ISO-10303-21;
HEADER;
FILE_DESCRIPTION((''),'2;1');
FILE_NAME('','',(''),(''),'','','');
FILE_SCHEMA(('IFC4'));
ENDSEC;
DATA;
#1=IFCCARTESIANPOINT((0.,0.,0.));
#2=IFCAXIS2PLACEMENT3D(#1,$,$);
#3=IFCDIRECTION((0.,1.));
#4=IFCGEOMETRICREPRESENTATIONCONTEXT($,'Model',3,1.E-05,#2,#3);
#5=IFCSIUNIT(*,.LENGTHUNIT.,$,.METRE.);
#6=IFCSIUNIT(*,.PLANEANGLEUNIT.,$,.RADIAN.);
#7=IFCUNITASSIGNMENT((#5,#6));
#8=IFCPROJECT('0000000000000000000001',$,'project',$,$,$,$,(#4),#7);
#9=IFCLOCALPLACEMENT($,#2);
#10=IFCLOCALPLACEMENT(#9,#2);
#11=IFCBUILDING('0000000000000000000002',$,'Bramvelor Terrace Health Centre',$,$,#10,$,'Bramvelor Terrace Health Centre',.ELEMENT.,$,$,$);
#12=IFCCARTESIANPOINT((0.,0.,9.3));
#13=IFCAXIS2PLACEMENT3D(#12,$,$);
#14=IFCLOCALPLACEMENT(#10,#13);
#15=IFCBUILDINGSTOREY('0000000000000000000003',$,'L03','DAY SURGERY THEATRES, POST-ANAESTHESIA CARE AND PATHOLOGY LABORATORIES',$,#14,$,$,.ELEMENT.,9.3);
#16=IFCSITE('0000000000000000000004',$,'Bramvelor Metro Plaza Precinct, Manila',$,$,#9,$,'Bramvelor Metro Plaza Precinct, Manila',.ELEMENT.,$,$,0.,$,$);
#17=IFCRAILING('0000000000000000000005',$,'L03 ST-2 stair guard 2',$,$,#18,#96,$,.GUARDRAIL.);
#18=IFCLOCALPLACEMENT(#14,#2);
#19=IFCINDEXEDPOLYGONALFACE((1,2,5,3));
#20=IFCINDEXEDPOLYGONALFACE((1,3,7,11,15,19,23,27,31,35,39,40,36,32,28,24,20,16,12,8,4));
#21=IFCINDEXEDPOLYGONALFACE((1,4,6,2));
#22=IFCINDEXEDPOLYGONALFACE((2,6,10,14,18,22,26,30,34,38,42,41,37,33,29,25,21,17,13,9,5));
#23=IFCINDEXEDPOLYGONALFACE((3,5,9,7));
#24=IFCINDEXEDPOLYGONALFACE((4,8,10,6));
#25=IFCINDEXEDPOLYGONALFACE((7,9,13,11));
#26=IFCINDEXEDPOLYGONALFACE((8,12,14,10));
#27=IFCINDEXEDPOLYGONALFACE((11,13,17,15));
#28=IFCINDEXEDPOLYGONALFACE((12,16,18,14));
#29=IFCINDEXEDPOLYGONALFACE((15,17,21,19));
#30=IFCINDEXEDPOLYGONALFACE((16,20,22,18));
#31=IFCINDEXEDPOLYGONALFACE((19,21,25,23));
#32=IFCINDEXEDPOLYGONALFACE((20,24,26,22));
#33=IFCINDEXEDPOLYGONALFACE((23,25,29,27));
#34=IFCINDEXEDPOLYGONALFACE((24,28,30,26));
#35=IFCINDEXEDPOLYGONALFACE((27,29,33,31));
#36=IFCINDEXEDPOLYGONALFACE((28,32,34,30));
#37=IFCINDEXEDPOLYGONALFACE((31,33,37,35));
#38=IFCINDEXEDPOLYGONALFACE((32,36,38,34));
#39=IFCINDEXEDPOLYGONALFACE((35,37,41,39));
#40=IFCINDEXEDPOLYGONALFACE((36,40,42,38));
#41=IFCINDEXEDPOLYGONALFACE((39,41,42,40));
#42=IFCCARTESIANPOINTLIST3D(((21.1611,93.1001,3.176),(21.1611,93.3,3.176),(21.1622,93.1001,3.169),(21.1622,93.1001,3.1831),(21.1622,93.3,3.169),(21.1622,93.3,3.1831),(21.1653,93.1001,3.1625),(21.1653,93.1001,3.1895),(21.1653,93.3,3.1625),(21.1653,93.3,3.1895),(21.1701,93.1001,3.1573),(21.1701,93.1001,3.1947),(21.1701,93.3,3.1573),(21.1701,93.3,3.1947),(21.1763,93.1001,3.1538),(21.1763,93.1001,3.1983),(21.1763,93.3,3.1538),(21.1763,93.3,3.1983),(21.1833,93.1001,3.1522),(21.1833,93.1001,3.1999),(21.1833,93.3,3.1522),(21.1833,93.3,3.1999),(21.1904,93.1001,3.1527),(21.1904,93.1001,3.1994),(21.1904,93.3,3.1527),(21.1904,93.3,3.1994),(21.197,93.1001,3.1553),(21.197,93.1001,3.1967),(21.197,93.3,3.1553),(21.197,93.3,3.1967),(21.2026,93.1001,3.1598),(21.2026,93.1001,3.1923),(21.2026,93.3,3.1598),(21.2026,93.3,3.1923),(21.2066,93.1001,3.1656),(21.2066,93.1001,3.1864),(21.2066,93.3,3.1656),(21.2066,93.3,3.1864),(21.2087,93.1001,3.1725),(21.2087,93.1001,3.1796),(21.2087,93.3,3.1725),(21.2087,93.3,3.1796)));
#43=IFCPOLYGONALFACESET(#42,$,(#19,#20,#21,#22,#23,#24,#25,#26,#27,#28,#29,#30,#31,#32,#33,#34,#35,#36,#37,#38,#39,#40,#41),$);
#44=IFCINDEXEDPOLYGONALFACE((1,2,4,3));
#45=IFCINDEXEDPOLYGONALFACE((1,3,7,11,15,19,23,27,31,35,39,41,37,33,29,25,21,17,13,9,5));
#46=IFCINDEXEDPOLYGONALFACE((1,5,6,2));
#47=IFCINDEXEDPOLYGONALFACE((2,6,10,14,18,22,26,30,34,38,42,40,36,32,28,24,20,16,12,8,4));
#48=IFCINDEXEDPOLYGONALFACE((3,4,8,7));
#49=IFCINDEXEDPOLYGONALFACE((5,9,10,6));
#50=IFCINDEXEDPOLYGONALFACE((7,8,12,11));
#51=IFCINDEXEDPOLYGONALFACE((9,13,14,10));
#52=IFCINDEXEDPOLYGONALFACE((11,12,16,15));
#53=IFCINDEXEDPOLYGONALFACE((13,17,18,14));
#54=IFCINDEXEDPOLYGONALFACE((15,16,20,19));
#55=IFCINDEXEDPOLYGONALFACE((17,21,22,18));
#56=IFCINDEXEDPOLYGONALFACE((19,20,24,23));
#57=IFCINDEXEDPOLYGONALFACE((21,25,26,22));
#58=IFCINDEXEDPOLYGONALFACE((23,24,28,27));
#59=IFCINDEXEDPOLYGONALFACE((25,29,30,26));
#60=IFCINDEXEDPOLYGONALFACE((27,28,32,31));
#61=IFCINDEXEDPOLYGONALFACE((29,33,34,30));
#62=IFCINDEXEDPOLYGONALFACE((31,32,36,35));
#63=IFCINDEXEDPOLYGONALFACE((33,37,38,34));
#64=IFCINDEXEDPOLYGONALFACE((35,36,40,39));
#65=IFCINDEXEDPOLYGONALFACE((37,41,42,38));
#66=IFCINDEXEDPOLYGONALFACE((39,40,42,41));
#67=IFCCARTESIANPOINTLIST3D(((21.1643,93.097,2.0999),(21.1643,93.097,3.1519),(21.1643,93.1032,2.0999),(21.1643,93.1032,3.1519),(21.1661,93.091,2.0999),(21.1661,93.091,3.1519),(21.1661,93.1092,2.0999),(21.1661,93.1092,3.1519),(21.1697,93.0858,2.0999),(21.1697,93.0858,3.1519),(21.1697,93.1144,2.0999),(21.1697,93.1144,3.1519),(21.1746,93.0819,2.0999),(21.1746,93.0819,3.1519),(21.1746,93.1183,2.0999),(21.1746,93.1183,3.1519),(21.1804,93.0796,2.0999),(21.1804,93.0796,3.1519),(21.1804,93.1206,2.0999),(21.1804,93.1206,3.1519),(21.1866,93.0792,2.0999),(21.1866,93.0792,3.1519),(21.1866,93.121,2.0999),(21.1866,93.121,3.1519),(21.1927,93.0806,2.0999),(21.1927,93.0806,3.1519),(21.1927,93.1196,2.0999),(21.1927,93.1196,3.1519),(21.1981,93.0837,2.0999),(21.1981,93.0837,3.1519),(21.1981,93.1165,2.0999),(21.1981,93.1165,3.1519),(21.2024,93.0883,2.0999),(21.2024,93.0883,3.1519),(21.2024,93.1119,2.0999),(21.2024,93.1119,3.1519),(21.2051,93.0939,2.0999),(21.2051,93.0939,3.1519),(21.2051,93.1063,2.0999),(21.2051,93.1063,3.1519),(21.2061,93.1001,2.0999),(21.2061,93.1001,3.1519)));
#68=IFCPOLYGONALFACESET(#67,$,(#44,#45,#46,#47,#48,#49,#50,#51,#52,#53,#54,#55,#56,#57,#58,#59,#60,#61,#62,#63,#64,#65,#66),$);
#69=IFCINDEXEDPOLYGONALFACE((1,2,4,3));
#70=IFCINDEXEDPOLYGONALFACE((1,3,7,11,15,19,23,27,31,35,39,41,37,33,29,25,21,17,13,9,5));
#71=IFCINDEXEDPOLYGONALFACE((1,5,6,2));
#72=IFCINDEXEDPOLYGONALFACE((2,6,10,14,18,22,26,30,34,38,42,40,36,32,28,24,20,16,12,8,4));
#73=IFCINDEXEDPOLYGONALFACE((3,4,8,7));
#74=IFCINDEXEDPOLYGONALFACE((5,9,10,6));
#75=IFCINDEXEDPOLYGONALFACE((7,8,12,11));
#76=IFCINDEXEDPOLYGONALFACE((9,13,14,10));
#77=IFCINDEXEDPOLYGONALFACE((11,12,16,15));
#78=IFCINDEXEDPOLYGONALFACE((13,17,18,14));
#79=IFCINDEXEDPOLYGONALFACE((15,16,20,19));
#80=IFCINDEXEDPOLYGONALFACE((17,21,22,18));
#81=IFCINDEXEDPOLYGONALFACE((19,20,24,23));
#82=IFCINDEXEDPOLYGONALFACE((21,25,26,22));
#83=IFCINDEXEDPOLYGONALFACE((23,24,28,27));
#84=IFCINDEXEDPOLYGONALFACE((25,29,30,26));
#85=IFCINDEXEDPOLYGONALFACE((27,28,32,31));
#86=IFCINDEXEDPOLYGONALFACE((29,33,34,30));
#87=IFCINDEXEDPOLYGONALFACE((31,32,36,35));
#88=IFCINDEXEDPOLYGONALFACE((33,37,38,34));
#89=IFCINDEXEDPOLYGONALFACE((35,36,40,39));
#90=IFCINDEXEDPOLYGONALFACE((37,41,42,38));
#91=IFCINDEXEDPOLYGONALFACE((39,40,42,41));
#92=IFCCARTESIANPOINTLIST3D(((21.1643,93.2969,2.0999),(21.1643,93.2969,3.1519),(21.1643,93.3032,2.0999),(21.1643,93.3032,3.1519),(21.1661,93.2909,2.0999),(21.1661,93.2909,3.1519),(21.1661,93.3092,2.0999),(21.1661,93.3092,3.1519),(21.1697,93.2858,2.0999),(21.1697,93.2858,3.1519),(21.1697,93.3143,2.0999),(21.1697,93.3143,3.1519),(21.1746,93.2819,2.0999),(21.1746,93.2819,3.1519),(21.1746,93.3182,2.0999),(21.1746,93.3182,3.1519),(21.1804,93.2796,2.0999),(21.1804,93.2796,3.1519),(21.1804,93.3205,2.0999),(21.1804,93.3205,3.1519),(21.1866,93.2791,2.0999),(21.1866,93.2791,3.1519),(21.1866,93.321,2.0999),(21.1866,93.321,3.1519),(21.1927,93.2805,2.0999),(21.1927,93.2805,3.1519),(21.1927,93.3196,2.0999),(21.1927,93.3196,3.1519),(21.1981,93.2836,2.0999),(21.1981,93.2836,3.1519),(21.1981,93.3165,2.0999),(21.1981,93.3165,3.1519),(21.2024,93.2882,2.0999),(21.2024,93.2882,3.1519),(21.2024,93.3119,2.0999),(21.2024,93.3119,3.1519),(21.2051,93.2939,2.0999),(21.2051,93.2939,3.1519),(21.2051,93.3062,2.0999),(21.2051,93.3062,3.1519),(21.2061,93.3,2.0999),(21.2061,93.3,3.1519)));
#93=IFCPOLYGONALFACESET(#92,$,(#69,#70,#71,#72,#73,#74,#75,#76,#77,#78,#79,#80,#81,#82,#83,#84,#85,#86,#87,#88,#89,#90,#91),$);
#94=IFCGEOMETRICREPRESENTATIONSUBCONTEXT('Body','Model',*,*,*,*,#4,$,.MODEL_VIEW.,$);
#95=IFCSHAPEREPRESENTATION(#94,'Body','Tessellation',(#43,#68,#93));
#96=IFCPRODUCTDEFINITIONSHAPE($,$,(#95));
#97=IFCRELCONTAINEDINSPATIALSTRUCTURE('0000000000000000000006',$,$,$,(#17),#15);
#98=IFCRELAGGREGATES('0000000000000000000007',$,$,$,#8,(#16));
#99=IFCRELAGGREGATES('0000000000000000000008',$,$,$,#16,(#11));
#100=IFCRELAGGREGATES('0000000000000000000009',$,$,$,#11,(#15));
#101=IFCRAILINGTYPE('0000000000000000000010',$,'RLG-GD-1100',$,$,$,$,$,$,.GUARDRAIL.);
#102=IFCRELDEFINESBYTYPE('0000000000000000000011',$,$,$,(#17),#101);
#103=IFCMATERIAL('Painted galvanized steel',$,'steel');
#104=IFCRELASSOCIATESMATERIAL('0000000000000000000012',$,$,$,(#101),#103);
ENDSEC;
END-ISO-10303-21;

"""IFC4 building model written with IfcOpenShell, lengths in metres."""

from ifc_helpers import new_model, si_unit, direction, frame, origin, origin_2d, place, context, subcontext, project, spatial, circle, extrude, material, type_object, element, save


model = new_model("IFC4")

# Units and contexts
model_context = context("Model", 3, precision=1e-05, world=origin(), true_north=direction((0.0, 1.0)))
body_context = subcontext(model_context, "Body", "Model", "MODEL_VIEW")
ifc_project = project(units=[si_unit("LENGTHUNIT", "METRE"), si_unit("PLANEANGLEUNIT", "RADIAN")], contexts=[model_context])

# Site, building, storey
site_placement = place(None, origin())
site = spatial("IfcSite", under=ifc_project, at=site_placement, Name="Bramvelor Metro Plaza Precinct, Manila", LongName="Bramvelor Metro Plaza Precinct, Manila", CompositionType="ELEMENT", RefElevation=0.0)
building_placement = place(site_placement, origin())
building = spatial("IfcBuilding", under=site, at=building_placement, Name="Bramvelor Terrace Health Centre", LongName="Bramvelor Terrace Health Centre", CompositionType="ELEMENT")
storey_placement = place(building_placement, frame((0.0, 0.0, 9.3)))
storey = spatial("IfcBuildingStorey", under=building, at=storey_placement, Name="L03", Description="DAY SURGERY THEATRES, POST-ANAESTHESIA CARE AND PATHOLOGY LABORATORIES", CompositionType="ELEMENT", Elevation=9.3)

# Railing
ifc_material_1 = material(Name="Painted galvanized steel", Category="steel")
railing_type_1 = type_object("IfcRailingType", Name="RLG-GD-1100", PredefinedType="GUARDRAIL", material=ifc_material_1)
railing_1_placement = place(storey_placement, frame((21.1851, 93.1001, 2.0999)))
element("IfcRailing", 1, at=railing_1_placement, inside=storey, type_object=railing_type_1, Name="L03 ST-2 stair guard 2", PredefinedType="GUARDRAIL", context=body_context, shape_type="SweptSolid", body=[
    extrude(circle(Radius=0.0239, at=origin_2d()), frame((0.0, 0.0, 1.0762), z_axis=(0.0, 1.0, 0.0), x_axis=(-1.0, 0.0, 0.0)), (0.0, 0.0, 1.0), 0.2),
    extrude(circle(Radius=0.021, at=origin_2d()), origin(), (0.0, 0.0, 1.0), 1.052),
    extrude(circle(Radius=0.021, at=origin_2d()), frame((0.0, 0.2, 0.0)), (0.0, 0.0, 1.0), 1.052),
])

save(model, "model.ifc")
